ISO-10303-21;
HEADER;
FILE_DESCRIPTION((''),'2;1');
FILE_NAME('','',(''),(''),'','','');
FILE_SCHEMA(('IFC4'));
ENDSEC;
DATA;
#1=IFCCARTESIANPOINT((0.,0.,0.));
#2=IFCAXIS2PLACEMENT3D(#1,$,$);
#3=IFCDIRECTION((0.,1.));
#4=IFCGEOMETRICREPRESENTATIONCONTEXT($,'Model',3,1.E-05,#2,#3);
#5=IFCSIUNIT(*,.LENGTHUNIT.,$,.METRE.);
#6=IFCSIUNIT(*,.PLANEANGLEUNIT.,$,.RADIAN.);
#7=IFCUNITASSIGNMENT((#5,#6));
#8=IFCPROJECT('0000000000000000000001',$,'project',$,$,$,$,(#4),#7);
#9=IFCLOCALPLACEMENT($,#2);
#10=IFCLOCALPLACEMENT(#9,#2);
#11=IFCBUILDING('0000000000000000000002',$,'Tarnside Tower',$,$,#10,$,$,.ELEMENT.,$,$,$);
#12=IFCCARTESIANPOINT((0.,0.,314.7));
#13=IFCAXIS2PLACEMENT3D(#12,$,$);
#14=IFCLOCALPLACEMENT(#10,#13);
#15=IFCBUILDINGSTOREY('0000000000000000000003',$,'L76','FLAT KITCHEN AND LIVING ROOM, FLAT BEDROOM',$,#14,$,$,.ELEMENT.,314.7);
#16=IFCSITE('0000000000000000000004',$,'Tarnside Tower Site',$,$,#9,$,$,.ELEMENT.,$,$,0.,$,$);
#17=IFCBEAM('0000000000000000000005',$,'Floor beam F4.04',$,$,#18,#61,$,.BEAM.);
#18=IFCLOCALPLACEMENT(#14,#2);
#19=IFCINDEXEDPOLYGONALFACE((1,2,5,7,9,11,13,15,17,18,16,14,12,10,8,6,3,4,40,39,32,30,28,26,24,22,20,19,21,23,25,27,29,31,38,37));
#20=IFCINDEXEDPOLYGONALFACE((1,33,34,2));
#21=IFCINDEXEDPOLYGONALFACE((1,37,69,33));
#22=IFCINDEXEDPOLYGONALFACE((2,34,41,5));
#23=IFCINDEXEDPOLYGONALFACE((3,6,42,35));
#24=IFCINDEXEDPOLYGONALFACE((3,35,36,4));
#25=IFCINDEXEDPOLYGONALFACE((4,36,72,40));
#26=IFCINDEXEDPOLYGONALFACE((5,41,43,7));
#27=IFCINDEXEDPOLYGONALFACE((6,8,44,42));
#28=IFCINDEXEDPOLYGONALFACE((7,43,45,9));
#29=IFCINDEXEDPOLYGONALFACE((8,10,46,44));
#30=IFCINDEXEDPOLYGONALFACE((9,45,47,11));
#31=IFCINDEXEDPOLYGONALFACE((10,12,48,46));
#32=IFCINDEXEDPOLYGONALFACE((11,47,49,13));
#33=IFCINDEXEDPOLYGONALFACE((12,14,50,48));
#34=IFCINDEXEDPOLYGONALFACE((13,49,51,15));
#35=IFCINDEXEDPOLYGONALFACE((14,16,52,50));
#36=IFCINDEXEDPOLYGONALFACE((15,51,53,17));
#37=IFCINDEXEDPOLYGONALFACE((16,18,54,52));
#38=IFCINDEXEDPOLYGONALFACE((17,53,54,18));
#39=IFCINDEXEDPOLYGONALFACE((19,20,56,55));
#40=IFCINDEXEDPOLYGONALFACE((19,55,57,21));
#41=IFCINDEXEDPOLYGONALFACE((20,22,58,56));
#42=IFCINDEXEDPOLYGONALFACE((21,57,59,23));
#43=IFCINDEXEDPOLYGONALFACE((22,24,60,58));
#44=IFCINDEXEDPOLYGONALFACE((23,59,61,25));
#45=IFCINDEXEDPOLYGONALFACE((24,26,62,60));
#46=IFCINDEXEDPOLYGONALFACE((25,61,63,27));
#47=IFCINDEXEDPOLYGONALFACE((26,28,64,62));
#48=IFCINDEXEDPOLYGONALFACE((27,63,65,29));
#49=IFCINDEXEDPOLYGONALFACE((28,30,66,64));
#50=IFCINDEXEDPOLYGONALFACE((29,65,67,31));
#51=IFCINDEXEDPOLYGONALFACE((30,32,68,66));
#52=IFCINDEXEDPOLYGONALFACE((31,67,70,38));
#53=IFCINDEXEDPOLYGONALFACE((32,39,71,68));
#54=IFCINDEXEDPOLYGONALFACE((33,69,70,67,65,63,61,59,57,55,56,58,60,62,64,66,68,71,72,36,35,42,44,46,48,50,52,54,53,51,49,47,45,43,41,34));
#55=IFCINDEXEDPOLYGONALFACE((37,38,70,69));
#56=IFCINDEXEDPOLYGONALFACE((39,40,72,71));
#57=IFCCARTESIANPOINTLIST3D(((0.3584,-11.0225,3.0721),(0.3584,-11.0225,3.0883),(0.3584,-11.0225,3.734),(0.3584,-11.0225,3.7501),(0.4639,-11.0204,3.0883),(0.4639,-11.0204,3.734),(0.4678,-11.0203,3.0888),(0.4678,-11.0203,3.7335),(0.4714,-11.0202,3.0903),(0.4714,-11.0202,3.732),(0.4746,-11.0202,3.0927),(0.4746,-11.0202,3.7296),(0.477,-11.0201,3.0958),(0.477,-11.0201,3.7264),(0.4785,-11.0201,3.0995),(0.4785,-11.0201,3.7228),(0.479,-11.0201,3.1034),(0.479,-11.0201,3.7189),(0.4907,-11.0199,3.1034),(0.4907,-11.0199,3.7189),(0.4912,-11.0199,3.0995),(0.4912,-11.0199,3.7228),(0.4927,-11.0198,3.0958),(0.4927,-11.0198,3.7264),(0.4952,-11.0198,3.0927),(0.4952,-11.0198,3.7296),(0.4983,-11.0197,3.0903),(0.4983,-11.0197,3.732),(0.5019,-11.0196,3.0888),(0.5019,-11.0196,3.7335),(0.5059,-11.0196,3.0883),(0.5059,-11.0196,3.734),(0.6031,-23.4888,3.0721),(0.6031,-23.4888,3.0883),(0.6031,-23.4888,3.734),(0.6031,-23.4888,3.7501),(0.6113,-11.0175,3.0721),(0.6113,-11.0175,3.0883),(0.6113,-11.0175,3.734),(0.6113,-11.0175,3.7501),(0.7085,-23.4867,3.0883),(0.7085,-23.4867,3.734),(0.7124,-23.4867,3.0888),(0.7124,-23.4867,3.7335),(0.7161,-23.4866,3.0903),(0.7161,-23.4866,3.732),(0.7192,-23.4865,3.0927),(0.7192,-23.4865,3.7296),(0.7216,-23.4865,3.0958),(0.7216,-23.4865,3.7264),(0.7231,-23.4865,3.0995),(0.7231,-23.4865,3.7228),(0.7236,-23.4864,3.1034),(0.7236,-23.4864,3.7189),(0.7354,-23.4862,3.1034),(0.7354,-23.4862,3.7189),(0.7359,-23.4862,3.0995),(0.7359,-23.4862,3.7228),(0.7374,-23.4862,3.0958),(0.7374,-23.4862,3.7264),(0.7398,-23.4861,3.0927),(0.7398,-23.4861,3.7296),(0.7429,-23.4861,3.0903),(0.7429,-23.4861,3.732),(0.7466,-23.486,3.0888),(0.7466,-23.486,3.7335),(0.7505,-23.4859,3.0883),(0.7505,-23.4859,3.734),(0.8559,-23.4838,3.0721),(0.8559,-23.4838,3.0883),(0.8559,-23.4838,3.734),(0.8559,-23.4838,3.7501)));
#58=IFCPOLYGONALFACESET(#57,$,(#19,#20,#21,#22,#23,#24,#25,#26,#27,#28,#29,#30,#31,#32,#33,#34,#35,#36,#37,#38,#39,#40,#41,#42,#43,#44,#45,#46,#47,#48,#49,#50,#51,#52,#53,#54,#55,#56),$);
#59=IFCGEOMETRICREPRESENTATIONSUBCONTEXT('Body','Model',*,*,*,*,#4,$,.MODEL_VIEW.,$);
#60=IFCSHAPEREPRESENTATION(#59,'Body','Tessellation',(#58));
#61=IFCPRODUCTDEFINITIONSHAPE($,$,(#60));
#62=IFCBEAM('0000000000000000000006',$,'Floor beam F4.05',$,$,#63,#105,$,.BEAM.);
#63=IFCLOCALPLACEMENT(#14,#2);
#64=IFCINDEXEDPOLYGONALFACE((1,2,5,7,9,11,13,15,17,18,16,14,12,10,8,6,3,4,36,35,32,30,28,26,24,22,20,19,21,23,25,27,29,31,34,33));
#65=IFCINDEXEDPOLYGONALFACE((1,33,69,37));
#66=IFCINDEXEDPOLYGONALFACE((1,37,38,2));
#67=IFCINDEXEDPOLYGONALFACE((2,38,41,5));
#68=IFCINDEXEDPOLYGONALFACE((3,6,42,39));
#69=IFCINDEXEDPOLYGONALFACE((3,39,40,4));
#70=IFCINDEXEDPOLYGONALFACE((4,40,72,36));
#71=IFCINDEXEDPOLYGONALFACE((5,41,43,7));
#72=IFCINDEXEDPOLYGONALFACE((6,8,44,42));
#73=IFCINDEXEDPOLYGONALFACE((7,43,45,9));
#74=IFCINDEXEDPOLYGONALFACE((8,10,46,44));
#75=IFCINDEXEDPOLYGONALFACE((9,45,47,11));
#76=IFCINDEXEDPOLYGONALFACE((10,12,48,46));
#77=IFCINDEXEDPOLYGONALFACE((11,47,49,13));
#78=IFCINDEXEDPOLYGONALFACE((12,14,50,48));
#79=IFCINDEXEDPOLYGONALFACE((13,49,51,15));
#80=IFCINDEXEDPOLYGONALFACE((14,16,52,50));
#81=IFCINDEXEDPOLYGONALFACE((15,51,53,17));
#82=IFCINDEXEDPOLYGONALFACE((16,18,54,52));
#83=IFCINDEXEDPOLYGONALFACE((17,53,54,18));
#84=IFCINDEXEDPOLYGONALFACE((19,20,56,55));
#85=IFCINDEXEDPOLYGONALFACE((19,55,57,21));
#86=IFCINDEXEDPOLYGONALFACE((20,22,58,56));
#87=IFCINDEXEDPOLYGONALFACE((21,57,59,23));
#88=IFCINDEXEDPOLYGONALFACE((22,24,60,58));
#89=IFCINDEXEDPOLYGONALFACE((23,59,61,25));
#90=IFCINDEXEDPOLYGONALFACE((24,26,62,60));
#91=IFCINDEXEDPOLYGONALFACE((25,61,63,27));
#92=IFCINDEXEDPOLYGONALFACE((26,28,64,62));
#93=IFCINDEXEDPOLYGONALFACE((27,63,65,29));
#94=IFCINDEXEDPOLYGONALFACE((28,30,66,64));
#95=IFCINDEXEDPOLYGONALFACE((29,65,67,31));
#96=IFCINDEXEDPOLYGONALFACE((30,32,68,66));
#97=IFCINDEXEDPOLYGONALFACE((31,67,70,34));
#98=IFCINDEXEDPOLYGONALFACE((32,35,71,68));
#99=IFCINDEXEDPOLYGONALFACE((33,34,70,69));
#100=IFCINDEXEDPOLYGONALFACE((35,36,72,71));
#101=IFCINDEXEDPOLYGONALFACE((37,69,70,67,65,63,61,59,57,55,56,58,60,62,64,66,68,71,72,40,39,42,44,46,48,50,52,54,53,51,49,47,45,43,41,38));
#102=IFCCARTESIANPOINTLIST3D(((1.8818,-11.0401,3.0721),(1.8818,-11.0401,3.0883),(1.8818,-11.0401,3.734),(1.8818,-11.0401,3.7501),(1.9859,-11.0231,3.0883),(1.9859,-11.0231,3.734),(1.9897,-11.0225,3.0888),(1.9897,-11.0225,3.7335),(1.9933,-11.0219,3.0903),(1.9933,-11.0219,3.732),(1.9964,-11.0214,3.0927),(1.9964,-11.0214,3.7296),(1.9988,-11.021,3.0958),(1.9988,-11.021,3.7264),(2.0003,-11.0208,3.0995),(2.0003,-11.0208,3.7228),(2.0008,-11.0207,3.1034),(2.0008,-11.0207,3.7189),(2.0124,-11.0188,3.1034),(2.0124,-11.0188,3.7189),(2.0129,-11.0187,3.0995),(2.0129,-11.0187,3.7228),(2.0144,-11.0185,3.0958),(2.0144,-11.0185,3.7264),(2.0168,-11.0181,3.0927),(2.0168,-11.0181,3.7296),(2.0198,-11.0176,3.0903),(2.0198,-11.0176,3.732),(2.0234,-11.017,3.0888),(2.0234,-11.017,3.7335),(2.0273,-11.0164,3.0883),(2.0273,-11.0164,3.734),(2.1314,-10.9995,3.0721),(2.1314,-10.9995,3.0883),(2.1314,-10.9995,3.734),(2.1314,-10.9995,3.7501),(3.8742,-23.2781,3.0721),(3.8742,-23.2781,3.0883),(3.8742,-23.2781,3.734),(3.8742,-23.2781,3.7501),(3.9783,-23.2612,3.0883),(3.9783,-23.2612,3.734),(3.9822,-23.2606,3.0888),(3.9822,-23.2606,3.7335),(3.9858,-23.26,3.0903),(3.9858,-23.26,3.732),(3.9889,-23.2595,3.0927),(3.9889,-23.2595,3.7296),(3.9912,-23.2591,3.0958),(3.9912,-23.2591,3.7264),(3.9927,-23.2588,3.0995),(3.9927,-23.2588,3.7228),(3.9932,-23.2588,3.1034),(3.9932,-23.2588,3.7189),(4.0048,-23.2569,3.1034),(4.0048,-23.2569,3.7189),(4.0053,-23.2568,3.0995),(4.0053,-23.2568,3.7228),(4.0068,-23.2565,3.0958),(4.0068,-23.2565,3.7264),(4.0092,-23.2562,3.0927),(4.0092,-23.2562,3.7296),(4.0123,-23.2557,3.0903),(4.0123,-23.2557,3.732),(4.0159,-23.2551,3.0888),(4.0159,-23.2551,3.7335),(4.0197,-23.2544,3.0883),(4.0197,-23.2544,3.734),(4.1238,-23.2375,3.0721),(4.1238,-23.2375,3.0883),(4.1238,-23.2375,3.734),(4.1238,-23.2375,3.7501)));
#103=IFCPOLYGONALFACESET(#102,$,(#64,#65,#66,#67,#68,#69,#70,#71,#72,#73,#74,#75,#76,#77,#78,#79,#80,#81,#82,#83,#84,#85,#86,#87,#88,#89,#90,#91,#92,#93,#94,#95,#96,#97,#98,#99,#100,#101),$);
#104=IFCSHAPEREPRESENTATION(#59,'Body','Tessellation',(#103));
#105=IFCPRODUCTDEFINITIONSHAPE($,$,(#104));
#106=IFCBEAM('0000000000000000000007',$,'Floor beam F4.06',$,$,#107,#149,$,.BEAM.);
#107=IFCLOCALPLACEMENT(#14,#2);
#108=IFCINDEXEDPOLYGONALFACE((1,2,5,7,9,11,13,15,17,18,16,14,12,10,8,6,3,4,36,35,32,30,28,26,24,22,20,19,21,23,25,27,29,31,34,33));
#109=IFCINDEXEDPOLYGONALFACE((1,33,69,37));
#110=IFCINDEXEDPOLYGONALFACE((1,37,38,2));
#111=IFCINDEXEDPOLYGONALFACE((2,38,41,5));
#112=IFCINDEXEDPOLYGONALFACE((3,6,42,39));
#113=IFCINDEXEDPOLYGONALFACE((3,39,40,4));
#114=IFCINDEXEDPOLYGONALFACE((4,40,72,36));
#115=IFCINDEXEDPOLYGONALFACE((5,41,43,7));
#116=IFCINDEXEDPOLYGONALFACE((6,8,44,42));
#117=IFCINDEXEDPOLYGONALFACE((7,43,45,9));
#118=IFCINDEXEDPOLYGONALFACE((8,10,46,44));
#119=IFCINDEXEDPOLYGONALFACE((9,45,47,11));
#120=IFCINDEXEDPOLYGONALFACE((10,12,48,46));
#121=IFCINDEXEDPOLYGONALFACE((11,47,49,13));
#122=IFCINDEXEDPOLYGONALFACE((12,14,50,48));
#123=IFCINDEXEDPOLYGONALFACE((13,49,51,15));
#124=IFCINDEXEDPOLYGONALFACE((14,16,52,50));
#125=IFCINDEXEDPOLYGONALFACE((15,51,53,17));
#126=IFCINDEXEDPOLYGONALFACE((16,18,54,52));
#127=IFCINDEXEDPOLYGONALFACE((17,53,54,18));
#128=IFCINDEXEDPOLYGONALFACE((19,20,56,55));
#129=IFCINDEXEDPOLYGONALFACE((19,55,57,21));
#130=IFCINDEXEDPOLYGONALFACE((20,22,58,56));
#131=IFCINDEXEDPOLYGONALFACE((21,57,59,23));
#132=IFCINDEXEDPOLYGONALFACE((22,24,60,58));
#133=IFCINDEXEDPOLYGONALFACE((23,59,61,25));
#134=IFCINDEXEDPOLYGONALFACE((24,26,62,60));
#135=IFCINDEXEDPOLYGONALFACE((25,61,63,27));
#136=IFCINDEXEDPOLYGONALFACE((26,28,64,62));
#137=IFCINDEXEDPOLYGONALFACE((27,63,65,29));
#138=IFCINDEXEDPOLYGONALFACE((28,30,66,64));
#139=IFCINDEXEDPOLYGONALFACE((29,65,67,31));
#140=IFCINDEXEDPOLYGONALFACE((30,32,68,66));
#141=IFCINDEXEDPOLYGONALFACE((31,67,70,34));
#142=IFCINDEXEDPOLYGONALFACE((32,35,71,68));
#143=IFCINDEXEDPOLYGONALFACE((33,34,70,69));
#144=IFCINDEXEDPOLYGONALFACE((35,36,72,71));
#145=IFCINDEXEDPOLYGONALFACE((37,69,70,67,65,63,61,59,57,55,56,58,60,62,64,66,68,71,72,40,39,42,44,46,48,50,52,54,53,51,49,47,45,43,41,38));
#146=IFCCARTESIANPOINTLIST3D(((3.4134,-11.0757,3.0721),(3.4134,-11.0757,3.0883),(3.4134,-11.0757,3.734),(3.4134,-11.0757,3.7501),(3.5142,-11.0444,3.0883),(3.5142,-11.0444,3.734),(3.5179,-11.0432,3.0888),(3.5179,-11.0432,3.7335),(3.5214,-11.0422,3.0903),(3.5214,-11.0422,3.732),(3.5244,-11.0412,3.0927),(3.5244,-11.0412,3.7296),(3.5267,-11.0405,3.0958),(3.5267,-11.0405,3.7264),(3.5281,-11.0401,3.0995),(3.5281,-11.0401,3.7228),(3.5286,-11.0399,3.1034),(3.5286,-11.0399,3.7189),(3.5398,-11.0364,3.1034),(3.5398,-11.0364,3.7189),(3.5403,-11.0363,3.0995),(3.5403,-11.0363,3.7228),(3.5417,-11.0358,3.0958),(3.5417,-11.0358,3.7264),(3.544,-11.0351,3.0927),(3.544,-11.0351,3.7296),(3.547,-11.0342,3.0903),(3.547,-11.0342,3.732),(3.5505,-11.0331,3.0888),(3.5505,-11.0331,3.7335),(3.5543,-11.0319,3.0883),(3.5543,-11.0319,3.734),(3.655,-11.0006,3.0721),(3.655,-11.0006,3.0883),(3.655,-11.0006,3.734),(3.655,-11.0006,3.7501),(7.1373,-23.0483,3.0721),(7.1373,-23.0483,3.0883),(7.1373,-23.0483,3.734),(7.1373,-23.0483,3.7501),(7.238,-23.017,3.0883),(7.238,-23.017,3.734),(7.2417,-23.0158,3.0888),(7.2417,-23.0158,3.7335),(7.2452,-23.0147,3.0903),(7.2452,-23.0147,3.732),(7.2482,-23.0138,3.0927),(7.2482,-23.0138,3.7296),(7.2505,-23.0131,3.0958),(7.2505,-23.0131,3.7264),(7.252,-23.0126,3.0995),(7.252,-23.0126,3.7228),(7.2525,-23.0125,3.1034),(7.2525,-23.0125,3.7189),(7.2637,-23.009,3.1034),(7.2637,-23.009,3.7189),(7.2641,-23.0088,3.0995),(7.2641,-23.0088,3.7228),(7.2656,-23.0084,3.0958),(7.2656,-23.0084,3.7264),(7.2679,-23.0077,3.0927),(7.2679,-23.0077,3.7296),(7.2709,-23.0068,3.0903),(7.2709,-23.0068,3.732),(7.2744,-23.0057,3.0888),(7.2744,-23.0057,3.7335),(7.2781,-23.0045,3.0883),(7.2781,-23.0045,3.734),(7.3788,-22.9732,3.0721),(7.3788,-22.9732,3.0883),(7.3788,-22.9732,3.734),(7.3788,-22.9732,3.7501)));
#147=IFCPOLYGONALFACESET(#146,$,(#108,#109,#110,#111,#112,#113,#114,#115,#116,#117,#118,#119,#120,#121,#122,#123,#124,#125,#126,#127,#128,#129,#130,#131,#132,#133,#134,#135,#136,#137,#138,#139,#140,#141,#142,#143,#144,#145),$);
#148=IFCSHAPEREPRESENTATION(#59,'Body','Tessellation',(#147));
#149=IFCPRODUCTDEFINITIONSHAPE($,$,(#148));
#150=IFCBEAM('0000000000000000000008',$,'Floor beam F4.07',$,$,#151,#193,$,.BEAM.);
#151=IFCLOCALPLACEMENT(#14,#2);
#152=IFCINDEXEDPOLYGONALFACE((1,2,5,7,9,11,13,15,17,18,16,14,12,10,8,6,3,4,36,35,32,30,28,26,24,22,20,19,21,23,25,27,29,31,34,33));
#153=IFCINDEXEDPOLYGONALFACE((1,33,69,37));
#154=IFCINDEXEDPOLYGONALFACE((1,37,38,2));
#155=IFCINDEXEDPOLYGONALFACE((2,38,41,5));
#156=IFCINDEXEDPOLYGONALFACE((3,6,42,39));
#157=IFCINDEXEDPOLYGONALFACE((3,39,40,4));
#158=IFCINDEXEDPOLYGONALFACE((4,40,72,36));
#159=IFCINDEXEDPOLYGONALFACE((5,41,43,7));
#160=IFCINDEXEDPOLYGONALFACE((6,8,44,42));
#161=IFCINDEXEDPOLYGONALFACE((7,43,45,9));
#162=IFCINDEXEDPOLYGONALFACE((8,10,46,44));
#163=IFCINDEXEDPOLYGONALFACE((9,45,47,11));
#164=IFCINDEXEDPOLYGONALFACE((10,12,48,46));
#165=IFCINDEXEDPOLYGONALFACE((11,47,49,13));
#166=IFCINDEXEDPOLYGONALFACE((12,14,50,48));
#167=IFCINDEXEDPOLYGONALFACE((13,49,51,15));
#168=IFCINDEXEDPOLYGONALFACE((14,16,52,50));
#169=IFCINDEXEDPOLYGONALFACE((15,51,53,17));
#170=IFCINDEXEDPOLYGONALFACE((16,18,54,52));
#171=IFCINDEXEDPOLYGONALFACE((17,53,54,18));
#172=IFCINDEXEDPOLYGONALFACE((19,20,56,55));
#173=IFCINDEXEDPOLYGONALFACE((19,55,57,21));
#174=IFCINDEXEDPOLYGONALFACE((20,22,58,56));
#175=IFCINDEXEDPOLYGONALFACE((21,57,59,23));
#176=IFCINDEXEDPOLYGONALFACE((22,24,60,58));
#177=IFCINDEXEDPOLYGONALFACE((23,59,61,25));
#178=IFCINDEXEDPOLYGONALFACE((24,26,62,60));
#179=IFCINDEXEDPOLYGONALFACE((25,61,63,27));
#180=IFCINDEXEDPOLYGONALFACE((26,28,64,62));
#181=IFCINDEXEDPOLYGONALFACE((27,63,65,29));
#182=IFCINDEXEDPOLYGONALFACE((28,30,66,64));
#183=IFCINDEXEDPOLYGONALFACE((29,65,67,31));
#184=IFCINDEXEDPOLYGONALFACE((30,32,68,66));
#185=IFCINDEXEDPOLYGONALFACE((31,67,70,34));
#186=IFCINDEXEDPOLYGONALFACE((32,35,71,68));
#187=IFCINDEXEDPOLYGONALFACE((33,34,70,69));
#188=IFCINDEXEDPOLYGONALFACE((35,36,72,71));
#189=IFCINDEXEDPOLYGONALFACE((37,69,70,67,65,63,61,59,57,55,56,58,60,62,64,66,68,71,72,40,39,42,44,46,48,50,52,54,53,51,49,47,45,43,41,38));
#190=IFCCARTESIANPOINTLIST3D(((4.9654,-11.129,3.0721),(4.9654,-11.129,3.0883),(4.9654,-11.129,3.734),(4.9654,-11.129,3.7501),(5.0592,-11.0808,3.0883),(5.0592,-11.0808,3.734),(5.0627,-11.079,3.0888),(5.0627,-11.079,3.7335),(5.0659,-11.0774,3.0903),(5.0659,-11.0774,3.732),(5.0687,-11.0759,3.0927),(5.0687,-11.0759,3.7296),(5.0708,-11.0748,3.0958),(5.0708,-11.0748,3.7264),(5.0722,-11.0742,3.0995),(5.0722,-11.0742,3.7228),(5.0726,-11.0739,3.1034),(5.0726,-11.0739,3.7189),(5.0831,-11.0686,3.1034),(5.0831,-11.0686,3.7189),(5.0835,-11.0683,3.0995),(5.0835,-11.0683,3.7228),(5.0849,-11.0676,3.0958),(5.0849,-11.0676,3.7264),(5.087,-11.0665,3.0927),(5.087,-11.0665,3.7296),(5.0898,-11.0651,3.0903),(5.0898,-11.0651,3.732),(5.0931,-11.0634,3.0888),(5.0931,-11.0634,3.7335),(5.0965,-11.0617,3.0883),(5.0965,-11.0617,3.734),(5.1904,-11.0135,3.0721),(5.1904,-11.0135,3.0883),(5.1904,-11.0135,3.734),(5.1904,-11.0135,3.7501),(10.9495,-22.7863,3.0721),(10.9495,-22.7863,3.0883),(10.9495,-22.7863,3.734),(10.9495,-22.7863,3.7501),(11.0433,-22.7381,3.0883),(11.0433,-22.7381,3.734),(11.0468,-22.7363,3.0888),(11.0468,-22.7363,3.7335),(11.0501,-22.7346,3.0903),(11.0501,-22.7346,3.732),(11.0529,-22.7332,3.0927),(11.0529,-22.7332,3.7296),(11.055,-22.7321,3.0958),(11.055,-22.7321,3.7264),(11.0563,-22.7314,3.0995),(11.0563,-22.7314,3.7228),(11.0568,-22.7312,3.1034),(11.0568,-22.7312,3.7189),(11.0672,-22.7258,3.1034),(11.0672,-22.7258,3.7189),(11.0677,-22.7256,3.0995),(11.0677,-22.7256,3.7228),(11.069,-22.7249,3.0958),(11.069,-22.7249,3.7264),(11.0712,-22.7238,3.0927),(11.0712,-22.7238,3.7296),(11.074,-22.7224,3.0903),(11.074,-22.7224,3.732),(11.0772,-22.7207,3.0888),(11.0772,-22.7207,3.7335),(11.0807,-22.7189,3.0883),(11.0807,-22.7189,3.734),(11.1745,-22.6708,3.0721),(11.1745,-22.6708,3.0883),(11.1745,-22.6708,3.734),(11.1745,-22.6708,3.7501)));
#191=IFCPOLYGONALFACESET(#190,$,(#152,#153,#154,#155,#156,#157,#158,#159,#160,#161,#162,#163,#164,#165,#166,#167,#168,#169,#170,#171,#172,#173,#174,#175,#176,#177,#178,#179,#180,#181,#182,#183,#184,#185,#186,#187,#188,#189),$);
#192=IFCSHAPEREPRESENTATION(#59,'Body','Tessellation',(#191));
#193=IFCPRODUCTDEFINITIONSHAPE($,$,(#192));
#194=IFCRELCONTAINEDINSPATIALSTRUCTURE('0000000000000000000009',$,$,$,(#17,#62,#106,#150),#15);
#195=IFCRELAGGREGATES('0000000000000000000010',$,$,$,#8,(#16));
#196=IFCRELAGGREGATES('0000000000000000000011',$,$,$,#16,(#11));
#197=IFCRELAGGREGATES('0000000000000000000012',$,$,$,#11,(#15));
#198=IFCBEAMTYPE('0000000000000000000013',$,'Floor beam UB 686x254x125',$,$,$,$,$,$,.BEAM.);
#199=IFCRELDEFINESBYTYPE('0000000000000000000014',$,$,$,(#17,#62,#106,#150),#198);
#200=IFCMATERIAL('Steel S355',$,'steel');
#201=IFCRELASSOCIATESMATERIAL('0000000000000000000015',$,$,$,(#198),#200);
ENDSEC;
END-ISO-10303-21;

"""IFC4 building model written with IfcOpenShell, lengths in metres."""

from ifc_helpers import new_model, si_unit, direction, frame, origin, origin_2d, place, context, subcontext, project, spatial, i_section, extrude, material, material_profile, profile_set, type_object, element, save


model = new_model("IFC4")

# Units and contexts
model_context = context("Model", 3, precision=1e-05, world=origin(), true_north=direction((0.0, 1.0)))
body_context = subcontext(model_context, "Body", "Model", "MODEL_VIEW")
ifc_project = project(units=[si_unit("LENGTHUNIT", "METRE"), si_unit("PLANEANGLEUNIT", "RADIAN")], contexts=[model_context])

# Site, building, storey
site_placement = place(None, origin())
site = spatial("IfcSite", under=ifc_project, at=site_placement, Name="Tarnside Tower Site", CompositionType="ELEMENT", RefElevation=0.0)
building_placement = place(site_placement, origin())
building = spatial("IfcBuilding", under=site, at=building_placement, Name="Tarnside Tower", CompositionType="ELEMENT")
storey_placement = place(building_placement, frame((0.0, 0.0, 314.7)))
storey = spatial("IfcBuildingStorey", under=building, at=storey_placement, Name="L76", Description="FLAT KITCHEN AND LIVING ROOM, FLAT BEDROOM", CompositionType="ELEMENT", Elevation=314.7)

# Beams
ifc_material_1 = material(Name="Steel S355", Category="steel")
ifc_material_profile = material_profile(ifc_material_1, i_section(OverallWidth=0.2529, OverallDepth=0.678, WebThickness=0.0117, FlangeThickness=0.0161, FilletRadius=0.0151, at=origin_2d()), Name="UB 686x254x125")
ifc_profile_set = profile_set([ifc_material_profile], Name="Steel S355")
beam_type = type_object("IfcBeamType", Name="Floor beam UB 686x254x125", PredefinedType="BEAM", material=ifc_profile_set)
beam_1_placement = place(storey_placement, frame((0.7295, -23.4863, 3.4111), z_axis=(-0.019619, 0.999808, 0.0), x_axis=(-0.999808, -0.019619, 0.0)))
element("IfcBeam", 1, at=beam_1_placement, inside=storey, type_object=beam_type, Name="Floor beam F4.04", PredefinedType="BEAM", context=body_context, shape_type="SweptSolid", body=[
    extrude(i_section(OverallWidth=0.2529, OverallDepth=0.678, WebThickness=0.0117, FlangeThickness=0.0161, FilletRadius=0.0151, at=origin_2d()), origin(), (0.0, 0.0, 1.0), 12.4688),
])
beam_2_placement = place(storey_placement, frame((3.999, -23.2578, 3.4111), z_axis=(-0.160691, 0.987005, 0.0), x_axis=(-0.987005, -0.160691, 0.0)))
element("IfcBeam", 2, at=beam_2_placement, inside=storey, type_object=beam_type, Name="Floor beam F4.05", PredefinedType="BEAM", context=body_context, shape_type="SweptSolid", body=[
    extrude(i_section(OverallWidth=0.2529, OverallDepth=0.678, WebThickness=0.0117, FlangeThickness=0.0161, FilletRadius=0.0151, at=origin_2d()), origin(), (0.0, 0.0, 1.0), 12.3992),
])
beam_3_placement = place(storey_placement, frame((7.2581, -23.0107, 3.4111), z_axis=(-0.296998, 0.954878, 0.0), x_axis=(-0.954878, -0.296998, 0.0)))
element("IfcBeam", 3, at=beam_3_placement, inside=storey, type_object=beam_type, Name="Floor beam F4.06", PredefinedType="BEAM", context=body_context, shape_type="SweptSolid", body=[
    extrude(i_section(OverallWidth=0.2529, OverallDepth=0.678, WebThickness=0.0117, FlangeThickness=0.0161, FilletRadius=0.0151, at=origin_2d()), origin(), (0.0, 0.0, 1.0), 12.5383),
])
beam_4_placement = place(storey_placement, frame((11.062, -22.7285, 3.4111), z_axis=(-0.456683, 0.889629, 0.0), x_axis=(-0.889629, -0.456683, 0.0)))
element("IfcBeam", 4, at=beam_4_placement, inside=storey, type_object=beam_type, Name="Floor beam F4.07", PredefinedType="BEAM", context=body_context, shape_type="SweptSolid", body=[
    extrude(i_section(OverallWidth=0.2529, OverallDepth=0.678, WebThickness=0.0117, FlangeThickness=0.0161, FilletRadius=0.0151, at=origin_2d()), origin(), (0.0, 0.0, 1.0), 13.1035),
])

save(model, "model.ifc")
